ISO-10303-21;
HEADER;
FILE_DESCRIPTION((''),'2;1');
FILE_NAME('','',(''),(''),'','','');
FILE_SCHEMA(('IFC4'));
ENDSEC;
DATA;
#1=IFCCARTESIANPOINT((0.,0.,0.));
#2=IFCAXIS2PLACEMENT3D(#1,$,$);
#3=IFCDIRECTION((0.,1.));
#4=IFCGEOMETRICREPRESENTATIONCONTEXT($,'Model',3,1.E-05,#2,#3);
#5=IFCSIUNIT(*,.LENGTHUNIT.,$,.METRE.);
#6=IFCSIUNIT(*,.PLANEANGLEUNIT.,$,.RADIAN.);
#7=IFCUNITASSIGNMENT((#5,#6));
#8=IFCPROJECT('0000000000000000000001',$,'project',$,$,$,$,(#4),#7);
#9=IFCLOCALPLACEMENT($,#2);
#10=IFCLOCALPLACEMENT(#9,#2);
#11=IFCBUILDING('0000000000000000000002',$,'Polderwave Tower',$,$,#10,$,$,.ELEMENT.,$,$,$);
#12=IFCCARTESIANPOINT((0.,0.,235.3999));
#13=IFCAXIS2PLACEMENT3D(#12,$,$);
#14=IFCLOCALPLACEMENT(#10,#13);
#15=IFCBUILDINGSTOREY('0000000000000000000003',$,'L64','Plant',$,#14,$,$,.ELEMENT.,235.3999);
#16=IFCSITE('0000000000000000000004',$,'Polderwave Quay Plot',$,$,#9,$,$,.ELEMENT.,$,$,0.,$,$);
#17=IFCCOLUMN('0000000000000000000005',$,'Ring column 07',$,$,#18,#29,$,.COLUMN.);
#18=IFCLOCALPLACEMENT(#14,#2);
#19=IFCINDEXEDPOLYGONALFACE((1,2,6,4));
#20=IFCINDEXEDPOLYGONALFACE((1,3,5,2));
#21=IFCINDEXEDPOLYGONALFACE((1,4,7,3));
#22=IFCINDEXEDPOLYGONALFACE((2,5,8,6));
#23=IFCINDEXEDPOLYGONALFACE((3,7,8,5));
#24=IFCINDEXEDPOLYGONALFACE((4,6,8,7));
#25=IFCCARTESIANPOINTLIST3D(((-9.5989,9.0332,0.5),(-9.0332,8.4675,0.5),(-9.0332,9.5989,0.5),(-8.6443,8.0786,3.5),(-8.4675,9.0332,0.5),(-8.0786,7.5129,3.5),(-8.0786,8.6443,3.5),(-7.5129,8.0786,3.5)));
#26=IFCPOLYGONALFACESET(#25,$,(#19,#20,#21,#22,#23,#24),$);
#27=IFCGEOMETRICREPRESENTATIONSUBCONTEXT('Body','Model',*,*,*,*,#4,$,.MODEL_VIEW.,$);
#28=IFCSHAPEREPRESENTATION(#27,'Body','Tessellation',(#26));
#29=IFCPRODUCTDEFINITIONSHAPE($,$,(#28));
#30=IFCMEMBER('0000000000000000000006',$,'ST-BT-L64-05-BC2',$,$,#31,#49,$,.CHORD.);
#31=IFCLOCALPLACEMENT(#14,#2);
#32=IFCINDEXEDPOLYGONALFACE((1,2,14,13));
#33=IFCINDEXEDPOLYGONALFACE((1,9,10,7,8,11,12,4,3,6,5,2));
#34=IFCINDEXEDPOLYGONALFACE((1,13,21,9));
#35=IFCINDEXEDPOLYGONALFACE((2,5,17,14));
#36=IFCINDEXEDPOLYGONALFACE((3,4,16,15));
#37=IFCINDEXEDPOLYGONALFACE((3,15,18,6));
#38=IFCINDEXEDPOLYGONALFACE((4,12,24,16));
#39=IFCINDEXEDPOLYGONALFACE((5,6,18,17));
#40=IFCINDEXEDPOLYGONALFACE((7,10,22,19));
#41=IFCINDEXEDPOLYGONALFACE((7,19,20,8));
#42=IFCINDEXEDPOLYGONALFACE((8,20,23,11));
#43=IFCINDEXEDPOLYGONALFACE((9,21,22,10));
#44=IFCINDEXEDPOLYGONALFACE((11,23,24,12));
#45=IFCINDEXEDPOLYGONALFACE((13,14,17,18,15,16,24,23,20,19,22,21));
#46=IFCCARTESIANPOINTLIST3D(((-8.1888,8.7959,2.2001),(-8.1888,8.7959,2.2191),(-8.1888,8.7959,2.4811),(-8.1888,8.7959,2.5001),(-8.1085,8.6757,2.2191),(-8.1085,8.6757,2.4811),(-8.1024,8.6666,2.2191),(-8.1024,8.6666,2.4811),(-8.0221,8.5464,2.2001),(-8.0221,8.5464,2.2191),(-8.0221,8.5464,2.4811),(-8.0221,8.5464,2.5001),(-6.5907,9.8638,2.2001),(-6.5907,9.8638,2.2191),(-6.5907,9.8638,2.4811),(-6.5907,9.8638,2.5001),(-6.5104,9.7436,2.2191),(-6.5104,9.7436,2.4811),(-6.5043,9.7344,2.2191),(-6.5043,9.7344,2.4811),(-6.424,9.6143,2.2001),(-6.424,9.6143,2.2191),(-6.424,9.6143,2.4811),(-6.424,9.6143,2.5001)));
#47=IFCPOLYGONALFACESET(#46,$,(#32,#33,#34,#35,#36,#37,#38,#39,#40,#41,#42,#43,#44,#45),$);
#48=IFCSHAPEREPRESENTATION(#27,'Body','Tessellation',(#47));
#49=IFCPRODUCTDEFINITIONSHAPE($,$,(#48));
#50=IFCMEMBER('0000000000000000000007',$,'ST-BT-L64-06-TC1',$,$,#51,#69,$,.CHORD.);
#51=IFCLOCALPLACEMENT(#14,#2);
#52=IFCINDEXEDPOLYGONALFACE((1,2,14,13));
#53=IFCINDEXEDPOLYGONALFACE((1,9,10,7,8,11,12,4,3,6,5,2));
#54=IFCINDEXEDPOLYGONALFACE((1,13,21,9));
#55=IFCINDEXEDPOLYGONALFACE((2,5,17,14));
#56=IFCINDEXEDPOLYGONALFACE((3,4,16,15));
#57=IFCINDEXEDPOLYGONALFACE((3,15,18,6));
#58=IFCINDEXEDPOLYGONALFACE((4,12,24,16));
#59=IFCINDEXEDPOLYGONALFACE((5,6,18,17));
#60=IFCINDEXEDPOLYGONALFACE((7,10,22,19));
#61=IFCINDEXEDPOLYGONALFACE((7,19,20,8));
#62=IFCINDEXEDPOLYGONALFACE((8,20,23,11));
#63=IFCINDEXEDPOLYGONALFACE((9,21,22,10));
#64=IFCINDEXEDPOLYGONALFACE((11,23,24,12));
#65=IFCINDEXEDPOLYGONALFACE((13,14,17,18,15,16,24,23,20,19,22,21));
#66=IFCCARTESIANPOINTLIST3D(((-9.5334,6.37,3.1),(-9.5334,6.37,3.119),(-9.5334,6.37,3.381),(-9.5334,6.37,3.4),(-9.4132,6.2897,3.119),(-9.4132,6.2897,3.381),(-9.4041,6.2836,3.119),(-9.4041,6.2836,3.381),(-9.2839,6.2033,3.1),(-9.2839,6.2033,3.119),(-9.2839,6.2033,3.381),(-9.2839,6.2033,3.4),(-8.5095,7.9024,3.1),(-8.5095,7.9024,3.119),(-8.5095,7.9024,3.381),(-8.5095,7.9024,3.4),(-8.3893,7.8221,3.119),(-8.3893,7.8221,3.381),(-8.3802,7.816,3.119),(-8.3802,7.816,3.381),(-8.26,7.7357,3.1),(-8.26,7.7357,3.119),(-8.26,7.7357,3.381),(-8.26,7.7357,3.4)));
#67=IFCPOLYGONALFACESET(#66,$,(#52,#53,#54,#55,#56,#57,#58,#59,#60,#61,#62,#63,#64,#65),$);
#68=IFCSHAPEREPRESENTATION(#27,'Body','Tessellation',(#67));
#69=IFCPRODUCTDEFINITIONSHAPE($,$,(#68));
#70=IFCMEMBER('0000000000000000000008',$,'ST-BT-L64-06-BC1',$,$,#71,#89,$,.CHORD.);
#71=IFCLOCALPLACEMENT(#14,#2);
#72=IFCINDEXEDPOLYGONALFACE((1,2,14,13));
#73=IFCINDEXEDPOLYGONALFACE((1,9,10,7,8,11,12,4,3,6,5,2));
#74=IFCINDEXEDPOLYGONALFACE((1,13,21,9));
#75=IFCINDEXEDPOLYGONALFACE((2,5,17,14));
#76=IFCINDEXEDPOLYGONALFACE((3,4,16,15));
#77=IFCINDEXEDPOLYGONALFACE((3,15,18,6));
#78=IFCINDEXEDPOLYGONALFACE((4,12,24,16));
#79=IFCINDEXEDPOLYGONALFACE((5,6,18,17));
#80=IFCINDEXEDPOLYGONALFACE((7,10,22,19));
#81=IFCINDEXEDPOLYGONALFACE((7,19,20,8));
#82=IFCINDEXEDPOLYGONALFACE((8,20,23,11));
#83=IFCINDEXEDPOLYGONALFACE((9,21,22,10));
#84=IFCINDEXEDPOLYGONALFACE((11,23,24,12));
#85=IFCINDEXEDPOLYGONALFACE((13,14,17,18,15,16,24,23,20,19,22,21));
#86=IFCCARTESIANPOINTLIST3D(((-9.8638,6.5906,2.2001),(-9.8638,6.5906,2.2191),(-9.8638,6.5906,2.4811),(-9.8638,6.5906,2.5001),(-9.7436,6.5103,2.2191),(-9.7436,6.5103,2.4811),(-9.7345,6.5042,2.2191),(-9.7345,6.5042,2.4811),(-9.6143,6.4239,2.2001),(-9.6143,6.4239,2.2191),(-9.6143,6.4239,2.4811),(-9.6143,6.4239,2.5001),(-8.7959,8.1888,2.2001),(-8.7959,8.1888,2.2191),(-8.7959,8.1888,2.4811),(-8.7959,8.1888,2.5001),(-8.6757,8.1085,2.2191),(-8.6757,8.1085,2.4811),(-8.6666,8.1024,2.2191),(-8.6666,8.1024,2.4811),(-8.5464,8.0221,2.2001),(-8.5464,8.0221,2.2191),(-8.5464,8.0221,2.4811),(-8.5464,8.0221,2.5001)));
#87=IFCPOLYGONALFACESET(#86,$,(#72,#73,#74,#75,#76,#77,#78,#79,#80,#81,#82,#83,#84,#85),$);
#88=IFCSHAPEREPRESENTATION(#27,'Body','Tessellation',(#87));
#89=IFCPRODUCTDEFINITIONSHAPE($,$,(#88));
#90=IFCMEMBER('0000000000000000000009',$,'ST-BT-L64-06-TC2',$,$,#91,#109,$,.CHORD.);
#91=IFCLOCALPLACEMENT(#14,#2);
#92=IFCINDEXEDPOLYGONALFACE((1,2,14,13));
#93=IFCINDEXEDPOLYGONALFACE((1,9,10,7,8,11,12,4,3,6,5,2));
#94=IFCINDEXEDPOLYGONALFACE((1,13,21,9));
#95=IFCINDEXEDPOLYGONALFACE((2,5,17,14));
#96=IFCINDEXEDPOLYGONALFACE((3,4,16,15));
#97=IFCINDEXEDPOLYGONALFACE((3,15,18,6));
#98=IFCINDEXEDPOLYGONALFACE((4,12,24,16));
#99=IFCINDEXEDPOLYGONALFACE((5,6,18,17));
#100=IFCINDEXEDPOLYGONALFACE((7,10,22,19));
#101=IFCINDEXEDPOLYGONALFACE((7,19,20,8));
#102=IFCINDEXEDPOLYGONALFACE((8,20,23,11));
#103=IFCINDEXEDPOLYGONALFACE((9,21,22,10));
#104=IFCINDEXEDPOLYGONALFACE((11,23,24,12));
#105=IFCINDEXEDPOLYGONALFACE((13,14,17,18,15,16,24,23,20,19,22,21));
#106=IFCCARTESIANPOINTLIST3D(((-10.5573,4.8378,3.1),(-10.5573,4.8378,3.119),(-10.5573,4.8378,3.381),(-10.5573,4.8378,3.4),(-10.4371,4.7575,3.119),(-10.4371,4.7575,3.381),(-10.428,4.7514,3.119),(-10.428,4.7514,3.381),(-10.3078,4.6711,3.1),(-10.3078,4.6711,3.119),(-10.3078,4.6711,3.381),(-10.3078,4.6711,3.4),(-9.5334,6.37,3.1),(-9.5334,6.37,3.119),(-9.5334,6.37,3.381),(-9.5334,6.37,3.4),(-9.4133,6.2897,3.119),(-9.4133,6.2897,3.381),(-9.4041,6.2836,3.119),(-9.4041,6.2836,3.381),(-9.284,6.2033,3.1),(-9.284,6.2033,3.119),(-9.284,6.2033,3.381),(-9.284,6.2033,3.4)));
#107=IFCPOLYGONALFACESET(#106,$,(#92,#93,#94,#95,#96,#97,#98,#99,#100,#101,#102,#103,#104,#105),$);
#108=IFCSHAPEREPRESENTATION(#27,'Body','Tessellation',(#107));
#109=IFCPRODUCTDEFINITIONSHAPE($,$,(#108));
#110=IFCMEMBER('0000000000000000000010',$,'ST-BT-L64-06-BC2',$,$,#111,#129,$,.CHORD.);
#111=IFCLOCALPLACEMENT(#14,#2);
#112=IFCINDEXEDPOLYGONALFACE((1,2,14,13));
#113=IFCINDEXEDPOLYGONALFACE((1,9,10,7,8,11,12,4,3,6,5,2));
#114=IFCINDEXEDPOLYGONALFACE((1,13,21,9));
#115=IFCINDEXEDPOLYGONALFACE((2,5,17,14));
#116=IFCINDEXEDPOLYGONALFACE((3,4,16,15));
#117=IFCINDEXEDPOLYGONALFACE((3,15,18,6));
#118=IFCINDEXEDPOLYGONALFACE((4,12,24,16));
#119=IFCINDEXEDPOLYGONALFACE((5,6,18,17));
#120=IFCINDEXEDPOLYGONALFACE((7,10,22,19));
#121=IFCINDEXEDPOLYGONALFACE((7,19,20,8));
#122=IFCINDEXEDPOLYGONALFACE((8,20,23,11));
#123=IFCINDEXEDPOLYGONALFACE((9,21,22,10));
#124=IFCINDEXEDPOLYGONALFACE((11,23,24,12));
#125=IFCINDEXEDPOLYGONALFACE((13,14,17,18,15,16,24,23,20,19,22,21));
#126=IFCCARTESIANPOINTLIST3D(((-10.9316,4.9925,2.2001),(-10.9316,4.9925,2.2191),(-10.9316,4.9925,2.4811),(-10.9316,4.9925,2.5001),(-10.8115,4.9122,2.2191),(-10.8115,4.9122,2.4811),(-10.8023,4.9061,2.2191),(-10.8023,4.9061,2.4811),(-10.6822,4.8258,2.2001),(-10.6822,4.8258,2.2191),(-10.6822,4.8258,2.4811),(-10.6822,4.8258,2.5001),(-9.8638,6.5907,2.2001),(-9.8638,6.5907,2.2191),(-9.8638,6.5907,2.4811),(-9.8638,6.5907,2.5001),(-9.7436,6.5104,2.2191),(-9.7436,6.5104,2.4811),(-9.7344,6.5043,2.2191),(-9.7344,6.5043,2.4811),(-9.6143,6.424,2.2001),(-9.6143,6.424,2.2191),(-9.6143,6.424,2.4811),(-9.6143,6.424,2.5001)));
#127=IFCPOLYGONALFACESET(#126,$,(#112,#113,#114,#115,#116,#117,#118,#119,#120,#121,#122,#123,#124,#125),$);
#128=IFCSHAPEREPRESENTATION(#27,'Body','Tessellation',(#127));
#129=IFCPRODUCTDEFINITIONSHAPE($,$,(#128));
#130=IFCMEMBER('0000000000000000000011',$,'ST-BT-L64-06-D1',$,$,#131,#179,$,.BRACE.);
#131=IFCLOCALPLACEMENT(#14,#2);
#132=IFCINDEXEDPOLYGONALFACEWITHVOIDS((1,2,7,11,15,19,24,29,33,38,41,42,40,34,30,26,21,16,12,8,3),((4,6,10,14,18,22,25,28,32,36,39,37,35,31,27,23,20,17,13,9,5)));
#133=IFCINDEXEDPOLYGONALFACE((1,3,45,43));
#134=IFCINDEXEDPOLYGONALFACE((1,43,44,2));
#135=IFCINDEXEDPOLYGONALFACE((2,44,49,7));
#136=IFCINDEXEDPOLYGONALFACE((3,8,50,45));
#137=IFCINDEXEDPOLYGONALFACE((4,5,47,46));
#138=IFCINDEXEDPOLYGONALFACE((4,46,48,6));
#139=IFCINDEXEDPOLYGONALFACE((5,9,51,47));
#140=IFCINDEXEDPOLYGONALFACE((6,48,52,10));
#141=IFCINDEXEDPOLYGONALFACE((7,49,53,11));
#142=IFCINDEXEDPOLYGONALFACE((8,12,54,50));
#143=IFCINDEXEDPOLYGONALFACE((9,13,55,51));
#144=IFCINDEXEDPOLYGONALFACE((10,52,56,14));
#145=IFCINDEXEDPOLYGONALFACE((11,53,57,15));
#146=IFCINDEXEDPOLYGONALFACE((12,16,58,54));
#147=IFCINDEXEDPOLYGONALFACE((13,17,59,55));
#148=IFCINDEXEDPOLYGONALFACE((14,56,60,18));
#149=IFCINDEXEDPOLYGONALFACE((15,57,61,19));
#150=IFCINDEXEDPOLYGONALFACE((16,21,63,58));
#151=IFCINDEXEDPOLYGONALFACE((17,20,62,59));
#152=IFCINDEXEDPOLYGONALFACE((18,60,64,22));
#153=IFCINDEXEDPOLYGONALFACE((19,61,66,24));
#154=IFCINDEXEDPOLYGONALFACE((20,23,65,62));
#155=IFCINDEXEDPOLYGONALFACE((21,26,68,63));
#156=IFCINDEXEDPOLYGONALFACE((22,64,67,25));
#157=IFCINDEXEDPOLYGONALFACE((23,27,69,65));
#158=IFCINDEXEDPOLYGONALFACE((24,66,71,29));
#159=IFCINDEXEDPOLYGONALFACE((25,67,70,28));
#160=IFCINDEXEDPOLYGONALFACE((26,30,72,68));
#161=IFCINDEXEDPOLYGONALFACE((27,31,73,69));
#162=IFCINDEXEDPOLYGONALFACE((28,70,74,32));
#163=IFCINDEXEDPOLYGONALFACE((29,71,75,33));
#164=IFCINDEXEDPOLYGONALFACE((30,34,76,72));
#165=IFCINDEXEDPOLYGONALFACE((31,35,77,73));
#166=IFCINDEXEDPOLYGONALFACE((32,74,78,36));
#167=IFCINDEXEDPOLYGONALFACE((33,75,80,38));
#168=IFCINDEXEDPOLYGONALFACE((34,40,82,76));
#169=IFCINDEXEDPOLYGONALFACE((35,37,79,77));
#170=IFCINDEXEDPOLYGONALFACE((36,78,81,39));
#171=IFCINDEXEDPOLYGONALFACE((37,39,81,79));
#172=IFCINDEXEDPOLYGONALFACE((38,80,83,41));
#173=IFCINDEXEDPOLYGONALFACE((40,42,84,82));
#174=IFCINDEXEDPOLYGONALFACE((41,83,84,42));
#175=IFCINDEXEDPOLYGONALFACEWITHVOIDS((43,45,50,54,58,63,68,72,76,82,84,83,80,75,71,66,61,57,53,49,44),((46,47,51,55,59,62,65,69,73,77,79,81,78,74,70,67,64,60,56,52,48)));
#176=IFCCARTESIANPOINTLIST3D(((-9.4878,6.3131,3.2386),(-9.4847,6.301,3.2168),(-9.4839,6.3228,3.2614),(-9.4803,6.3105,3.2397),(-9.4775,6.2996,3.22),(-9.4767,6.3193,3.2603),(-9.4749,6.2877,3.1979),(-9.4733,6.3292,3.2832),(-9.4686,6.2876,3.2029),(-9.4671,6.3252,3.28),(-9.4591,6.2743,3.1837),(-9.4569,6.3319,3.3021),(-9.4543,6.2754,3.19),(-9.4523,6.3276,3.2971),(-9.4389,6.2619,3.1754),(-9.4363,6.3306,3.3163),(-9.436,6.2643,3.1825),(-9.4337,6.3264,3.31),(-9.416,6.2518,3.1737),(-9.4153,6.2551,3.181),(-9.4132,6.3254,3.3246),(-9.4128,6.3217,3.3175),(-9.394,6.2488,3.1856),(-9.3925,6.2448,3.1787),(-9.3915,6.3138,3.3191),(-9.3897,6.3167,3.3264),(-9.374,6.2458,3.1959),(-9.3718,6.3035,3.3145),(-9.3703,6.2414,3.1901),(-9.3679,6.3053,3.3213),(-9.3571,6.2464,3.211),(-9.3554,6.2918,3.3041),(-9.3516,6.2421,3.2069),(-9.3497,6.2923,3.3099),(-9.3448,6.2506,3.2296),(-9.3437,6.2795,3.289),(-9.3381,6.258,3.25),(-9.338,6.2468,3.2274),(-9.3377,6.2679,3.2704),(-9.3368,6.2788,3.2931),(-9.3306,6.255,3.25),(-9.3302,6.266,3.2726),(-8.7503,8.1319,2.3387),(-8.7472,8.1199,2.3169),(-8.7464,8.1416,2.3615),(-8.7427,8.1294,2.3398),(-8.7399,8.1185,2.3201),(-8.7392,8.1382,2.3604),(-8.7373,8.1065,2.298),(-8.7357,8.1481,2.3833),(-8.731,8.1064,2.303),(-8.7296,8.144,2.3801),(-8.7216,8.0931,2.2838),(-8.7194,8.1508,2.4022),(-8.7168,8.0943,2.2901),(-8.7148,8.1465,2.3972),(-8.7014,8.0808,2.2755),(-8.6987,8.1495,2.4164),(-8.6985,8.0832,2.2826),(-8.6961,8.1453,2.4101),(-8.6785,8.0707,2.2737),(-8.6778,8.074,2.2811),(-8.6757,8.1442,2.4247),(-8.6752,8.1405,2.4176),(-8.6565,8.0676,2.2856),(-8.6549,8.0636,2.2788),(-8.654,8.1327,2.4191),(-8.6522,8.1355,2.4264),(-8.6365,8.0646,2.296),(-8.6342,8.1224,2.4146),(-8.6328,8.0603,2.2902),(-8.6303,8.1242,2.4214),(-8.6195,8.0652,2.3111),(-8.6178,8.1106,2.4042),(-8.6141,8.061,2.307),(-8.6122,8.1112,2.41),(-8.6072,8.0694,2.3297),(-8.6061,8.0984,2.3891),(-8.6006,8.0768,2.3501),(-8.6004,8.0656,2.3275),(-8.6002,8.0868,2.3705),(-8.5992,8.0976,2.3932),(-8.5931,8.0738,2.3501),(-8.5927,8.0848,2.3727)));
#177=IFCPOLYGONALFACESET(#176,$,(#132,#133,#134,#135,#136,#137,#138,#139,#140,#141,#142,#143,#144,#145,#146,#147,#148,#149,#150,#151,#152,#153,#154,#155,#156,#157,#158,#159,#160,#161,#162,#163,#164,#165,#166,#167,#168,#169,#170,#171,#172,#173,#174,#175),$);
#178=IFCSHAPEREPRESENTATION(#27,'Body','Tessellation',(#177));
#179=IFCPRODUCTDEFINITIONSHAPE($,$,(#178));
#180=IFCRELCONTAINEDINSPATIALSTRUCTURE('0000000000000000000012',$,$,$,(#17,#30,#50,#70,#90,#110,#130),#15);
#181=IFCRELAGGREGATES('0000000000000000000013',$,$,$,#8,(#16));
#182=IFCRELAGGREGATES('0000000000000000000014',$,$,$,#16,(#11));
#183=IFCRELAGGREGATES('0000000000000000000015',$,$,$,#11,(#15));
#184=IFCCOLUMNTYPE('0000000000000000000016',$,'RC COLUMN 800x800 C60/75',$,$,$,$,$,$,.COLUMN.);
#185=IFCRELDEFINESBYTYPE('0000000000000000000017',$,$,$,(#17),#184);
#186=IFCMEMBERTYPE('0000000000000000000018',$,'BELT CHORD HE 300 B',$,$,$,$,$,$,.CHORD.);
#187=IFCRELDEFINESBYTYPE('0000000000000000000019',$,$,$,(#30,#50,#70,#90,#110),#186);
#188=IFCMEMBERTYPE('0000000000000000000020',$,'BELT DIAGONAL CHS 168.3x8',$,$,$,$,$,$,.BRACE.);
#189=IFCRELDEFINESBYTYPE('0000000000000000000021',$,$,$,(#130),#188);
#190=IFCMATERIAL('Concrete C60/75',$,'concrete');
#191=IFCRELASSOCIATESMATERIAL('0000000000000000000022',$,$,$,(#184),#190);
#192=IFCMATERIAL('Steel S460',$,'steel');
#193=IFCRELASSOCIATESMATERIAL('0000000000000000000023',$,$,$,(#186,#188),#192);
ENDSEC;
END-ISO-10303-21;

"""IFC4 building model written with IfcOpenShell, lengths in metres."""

from ifc_helpers import new_model, si_unit, direction, frame, origin, origin_2d, place, context, subcontext, project, spatial, rectangle, hollow_circle, i_section, extrude, material, material_profile, profile_set, type_object, element, save


model = new_model("IFC4")

# Units and contexts
model_context = context("Model", 3, precision=1e-05, world=origin(), true_north=direction((0.0, 1.0)))
body_context = subcontext(model_context, "Body", "Model", "MODEL_VIEW")
ifc_project = project(units=[si_unit("LENGTHUNIT", "METRE"), si_unit("PLANEANGLEUNIT", "RADIAN")], contexts=[model_context])

# Site, building, storey
site_placement = place(None, origin())
site = spatial("IfcSite", under=ifc_project, at=site_placement, Name="Polderwave Quay Plot", CompositionType="ELEMENT", RefElevation=0.0)
building_placement = place(site_placement, origin())
building = spatial("IfcBuilding", under=site, at=building_placement, Name="Polderwave Tower", CompositionType="ELEMENT")
storey_placement = place(building_placement, frame((0.0, 0.0, 235.3999)))
storey = spatial("IfcBuildingStorey", under=building, at=storey_placement, Name="L64", Description="Plant", CompositionType="ELEMENT", Elevation=235.3999)

# Column
ifc_material_1 = material(Name="Concrete C60/75", Category="concrete")
ifc_material_profile_1 = material_profile(ifc_material_1, rectangle(XDim=0.8, YDim=0.8, at=origin_2d()), Name="RC 800x800")
ifc_profile_set_1 = profile_set([ifc_material_profile_1], Name="Concrete C60/75")
column_type = type_object("IfcColumnType", Name="RC COLUMN 800x800 C60/75", PredefinedType="COLUMN", material=ifc_profile_set_1)
column_placement = place(storey_placement, frame((-9.0332, 9.0332, 0.5), z_axis=(0.0, 0.0, 1.0), x_axis=(0.707107, 0.707107, 0.0)))
element("IfcColumn", 1, at=column_placement, inside=storey, type_object=column_type, Name="Ring column 07", PredefinedType="COLUMN", context=body_context, shape_type="SweptSolid", body=[
    extrude(rectangle(XDim=0.8, YDim=0.8, at=origin_2d()), origin(), (0.0, -0.410363, 0.911922), 3.2898),
])

# Members
ifc_material_2 = material(Name="Steel S460", Category="steel")
ifc_material_profile_2 = material_profile(ifc_material_2, i_section(OverallWidth=0.3, OverallDepth=0.3, WebThickness=0.011, FlangeThickness=0.019, at=origin_2d()), Name="HE 300 B")
ifc_profile_set_2 = profile_set([ifc_material_profile_2], Name="Steel S460")
member_type_1 = type_object("IfcMemberType", Name="BELT CHORD HE 300 B", PredefinedType="CHORD", material=ifc_profile_set_2)
member_1_placement = place(storey_placement, frame((-6.5073, 9.739, 2.3501), z_axis=(-0.831464, -0.555579, 0.0), x_axis=(0.555579, -0.831464, 0.0)))
element("IfcMember", 2, at=member_1_placement, inside=storey, type_object=member_type_1, Name="ST-BT-L64-05-BC2", PredefinedType="CHORD", context=body_context, shape_type="SweptSolid", body=[
    extrude(i_section(OverallWidth=0.3, OverallDepth=0.3, WebThickness=0.011, FlangeThickness=0.019, at=origin_2d()), origin(), (0.0, 0.0, 1.0), 1.9221),
])
member_2_placement = place(storey_placement, frame((-8.3848, 7.8191, 3.25), z_axis=(-0.555556, -0.831479, 0.0), x_axis=(0.831479, -0.555556, 0.0)))
element("IfcMember", 3, at=member_2_placement, inside=storey, type_object=member_type_1, Name="ST-BT-L64-06-TC1", PredefinedType="CHORD", context=body_context, shape_type="SweptSolid", body=[
    extrude(i_section(OverallWidth=0.3, OverallDepth=0.3, WebThickness=0.011, FlangeThickness=0.019, at=origin_2d()), origin(), (0.0, 0.0, 1.0), 1.843),
])
member_3_placement = place(storey_placement, frame((-8.6711, 8.1055, 2.3501), z_axis=(-0.555579, -0.831464, 0.0), x_axis=(0.831464, -0.555579, 0.0)))
element("IfcMember", 4, at=member_3_placement, inside=storey, type_object=member_type_1, Name="ST-BT-L64-06-BC1", PredefinedType="CHORD", context=body_context, shape_type="SweptSolid", body=[
    extrude(i_section(OverallWidth=0.3, OverallDepth=0.3, WebThickness=0.011, FlangeThickness=0.019, at=origin_2d()), origin(), (0.0, 0.0, 1.0), 1.9221),
])
member_4_placement = place(storey_placement, frame((-9.4087, 6.2866, 3.25), z_axis=(-0.555617, -0.831438, 0.0), x_axis=(0.831438, -0.555617, 0.0)))
element("IfcMember", 5, at=member_4_placement, inside=storey, type_object=member_type_1, Name="ST-BT-L64-06-TC2", PredefinedType="CHORD", context=body_context, shape_type="SweptSolid", body=[
    extrude(i_section(OverallWidth=0.3, OverallDepth=0.3, WebThickness=0.011, FlangeThickness=0.019, at=origin_2d()), origin(), (0.0, 0.0, 1.0), 1.8428),
])
member_5_placement = place(storey_placement, frame((-9.739, 6.5073, 2.3501), z_axis=(-0.555579, -0.831464, 0.0), x_axis=(0.831464, -0.555579, 0.0)))
element("IfcMember", 6, at=member_5_placement, inside=storey, type_object=member_type_1, Name="ST-BT-L64-06-BC2", PredefinedType="CHORD", context=body_context, shape_type="SweptSolid", body=[
    extrude(i_section(OverallWidth=0.3, OverallDepth=0.3, WebThickness=0.011, FlangeThickness=0.019, at=origin_2d()), origin(), (0.0, 0.0, 1.0), 1.9221),
])
ifc_material_profile_3 = material_profile(ifc_material_2, hollow_circle(Radius=0.0842, WallThickness=0.0081, at=origin_2d()), Name="CHS 168.3x8")
ifc_profile_set_3 = profile_set([ifc_material_profile_3], Name="Steel S460")
member_type_2 = type_object("IfcMemberType", Name="BELT DIAGONAL CHS 168.3x8", PredefinedType="BRACE", material=ifc_profile_set_3)
for number, where, z_axis, x_axis, name in (
    (7, (-8.6711, 8.1055, 2.3501), (-0.341589, -0.842383, 0.416782), (0.926708, -0.375783, 0.0), "ST-BT-L64-06-D1"),
):
    element("IfcMember", number, at=place(storey_placement, frame(where, z_axis=z_axis, x_axis=x_axis)), inside=storey, type_object=member_type_2, Name=name, PredefinedType="BRACE", context=body_context, shape_type="SweptSolid", body=[
        extrude(hollow_circle(Radius=0.0842, WallThickness=0.0081, at=origin_2d()), origin(), (0.0, 0.0, 1.0), 2.1592),
    ])

save(model, "model.ifc")
